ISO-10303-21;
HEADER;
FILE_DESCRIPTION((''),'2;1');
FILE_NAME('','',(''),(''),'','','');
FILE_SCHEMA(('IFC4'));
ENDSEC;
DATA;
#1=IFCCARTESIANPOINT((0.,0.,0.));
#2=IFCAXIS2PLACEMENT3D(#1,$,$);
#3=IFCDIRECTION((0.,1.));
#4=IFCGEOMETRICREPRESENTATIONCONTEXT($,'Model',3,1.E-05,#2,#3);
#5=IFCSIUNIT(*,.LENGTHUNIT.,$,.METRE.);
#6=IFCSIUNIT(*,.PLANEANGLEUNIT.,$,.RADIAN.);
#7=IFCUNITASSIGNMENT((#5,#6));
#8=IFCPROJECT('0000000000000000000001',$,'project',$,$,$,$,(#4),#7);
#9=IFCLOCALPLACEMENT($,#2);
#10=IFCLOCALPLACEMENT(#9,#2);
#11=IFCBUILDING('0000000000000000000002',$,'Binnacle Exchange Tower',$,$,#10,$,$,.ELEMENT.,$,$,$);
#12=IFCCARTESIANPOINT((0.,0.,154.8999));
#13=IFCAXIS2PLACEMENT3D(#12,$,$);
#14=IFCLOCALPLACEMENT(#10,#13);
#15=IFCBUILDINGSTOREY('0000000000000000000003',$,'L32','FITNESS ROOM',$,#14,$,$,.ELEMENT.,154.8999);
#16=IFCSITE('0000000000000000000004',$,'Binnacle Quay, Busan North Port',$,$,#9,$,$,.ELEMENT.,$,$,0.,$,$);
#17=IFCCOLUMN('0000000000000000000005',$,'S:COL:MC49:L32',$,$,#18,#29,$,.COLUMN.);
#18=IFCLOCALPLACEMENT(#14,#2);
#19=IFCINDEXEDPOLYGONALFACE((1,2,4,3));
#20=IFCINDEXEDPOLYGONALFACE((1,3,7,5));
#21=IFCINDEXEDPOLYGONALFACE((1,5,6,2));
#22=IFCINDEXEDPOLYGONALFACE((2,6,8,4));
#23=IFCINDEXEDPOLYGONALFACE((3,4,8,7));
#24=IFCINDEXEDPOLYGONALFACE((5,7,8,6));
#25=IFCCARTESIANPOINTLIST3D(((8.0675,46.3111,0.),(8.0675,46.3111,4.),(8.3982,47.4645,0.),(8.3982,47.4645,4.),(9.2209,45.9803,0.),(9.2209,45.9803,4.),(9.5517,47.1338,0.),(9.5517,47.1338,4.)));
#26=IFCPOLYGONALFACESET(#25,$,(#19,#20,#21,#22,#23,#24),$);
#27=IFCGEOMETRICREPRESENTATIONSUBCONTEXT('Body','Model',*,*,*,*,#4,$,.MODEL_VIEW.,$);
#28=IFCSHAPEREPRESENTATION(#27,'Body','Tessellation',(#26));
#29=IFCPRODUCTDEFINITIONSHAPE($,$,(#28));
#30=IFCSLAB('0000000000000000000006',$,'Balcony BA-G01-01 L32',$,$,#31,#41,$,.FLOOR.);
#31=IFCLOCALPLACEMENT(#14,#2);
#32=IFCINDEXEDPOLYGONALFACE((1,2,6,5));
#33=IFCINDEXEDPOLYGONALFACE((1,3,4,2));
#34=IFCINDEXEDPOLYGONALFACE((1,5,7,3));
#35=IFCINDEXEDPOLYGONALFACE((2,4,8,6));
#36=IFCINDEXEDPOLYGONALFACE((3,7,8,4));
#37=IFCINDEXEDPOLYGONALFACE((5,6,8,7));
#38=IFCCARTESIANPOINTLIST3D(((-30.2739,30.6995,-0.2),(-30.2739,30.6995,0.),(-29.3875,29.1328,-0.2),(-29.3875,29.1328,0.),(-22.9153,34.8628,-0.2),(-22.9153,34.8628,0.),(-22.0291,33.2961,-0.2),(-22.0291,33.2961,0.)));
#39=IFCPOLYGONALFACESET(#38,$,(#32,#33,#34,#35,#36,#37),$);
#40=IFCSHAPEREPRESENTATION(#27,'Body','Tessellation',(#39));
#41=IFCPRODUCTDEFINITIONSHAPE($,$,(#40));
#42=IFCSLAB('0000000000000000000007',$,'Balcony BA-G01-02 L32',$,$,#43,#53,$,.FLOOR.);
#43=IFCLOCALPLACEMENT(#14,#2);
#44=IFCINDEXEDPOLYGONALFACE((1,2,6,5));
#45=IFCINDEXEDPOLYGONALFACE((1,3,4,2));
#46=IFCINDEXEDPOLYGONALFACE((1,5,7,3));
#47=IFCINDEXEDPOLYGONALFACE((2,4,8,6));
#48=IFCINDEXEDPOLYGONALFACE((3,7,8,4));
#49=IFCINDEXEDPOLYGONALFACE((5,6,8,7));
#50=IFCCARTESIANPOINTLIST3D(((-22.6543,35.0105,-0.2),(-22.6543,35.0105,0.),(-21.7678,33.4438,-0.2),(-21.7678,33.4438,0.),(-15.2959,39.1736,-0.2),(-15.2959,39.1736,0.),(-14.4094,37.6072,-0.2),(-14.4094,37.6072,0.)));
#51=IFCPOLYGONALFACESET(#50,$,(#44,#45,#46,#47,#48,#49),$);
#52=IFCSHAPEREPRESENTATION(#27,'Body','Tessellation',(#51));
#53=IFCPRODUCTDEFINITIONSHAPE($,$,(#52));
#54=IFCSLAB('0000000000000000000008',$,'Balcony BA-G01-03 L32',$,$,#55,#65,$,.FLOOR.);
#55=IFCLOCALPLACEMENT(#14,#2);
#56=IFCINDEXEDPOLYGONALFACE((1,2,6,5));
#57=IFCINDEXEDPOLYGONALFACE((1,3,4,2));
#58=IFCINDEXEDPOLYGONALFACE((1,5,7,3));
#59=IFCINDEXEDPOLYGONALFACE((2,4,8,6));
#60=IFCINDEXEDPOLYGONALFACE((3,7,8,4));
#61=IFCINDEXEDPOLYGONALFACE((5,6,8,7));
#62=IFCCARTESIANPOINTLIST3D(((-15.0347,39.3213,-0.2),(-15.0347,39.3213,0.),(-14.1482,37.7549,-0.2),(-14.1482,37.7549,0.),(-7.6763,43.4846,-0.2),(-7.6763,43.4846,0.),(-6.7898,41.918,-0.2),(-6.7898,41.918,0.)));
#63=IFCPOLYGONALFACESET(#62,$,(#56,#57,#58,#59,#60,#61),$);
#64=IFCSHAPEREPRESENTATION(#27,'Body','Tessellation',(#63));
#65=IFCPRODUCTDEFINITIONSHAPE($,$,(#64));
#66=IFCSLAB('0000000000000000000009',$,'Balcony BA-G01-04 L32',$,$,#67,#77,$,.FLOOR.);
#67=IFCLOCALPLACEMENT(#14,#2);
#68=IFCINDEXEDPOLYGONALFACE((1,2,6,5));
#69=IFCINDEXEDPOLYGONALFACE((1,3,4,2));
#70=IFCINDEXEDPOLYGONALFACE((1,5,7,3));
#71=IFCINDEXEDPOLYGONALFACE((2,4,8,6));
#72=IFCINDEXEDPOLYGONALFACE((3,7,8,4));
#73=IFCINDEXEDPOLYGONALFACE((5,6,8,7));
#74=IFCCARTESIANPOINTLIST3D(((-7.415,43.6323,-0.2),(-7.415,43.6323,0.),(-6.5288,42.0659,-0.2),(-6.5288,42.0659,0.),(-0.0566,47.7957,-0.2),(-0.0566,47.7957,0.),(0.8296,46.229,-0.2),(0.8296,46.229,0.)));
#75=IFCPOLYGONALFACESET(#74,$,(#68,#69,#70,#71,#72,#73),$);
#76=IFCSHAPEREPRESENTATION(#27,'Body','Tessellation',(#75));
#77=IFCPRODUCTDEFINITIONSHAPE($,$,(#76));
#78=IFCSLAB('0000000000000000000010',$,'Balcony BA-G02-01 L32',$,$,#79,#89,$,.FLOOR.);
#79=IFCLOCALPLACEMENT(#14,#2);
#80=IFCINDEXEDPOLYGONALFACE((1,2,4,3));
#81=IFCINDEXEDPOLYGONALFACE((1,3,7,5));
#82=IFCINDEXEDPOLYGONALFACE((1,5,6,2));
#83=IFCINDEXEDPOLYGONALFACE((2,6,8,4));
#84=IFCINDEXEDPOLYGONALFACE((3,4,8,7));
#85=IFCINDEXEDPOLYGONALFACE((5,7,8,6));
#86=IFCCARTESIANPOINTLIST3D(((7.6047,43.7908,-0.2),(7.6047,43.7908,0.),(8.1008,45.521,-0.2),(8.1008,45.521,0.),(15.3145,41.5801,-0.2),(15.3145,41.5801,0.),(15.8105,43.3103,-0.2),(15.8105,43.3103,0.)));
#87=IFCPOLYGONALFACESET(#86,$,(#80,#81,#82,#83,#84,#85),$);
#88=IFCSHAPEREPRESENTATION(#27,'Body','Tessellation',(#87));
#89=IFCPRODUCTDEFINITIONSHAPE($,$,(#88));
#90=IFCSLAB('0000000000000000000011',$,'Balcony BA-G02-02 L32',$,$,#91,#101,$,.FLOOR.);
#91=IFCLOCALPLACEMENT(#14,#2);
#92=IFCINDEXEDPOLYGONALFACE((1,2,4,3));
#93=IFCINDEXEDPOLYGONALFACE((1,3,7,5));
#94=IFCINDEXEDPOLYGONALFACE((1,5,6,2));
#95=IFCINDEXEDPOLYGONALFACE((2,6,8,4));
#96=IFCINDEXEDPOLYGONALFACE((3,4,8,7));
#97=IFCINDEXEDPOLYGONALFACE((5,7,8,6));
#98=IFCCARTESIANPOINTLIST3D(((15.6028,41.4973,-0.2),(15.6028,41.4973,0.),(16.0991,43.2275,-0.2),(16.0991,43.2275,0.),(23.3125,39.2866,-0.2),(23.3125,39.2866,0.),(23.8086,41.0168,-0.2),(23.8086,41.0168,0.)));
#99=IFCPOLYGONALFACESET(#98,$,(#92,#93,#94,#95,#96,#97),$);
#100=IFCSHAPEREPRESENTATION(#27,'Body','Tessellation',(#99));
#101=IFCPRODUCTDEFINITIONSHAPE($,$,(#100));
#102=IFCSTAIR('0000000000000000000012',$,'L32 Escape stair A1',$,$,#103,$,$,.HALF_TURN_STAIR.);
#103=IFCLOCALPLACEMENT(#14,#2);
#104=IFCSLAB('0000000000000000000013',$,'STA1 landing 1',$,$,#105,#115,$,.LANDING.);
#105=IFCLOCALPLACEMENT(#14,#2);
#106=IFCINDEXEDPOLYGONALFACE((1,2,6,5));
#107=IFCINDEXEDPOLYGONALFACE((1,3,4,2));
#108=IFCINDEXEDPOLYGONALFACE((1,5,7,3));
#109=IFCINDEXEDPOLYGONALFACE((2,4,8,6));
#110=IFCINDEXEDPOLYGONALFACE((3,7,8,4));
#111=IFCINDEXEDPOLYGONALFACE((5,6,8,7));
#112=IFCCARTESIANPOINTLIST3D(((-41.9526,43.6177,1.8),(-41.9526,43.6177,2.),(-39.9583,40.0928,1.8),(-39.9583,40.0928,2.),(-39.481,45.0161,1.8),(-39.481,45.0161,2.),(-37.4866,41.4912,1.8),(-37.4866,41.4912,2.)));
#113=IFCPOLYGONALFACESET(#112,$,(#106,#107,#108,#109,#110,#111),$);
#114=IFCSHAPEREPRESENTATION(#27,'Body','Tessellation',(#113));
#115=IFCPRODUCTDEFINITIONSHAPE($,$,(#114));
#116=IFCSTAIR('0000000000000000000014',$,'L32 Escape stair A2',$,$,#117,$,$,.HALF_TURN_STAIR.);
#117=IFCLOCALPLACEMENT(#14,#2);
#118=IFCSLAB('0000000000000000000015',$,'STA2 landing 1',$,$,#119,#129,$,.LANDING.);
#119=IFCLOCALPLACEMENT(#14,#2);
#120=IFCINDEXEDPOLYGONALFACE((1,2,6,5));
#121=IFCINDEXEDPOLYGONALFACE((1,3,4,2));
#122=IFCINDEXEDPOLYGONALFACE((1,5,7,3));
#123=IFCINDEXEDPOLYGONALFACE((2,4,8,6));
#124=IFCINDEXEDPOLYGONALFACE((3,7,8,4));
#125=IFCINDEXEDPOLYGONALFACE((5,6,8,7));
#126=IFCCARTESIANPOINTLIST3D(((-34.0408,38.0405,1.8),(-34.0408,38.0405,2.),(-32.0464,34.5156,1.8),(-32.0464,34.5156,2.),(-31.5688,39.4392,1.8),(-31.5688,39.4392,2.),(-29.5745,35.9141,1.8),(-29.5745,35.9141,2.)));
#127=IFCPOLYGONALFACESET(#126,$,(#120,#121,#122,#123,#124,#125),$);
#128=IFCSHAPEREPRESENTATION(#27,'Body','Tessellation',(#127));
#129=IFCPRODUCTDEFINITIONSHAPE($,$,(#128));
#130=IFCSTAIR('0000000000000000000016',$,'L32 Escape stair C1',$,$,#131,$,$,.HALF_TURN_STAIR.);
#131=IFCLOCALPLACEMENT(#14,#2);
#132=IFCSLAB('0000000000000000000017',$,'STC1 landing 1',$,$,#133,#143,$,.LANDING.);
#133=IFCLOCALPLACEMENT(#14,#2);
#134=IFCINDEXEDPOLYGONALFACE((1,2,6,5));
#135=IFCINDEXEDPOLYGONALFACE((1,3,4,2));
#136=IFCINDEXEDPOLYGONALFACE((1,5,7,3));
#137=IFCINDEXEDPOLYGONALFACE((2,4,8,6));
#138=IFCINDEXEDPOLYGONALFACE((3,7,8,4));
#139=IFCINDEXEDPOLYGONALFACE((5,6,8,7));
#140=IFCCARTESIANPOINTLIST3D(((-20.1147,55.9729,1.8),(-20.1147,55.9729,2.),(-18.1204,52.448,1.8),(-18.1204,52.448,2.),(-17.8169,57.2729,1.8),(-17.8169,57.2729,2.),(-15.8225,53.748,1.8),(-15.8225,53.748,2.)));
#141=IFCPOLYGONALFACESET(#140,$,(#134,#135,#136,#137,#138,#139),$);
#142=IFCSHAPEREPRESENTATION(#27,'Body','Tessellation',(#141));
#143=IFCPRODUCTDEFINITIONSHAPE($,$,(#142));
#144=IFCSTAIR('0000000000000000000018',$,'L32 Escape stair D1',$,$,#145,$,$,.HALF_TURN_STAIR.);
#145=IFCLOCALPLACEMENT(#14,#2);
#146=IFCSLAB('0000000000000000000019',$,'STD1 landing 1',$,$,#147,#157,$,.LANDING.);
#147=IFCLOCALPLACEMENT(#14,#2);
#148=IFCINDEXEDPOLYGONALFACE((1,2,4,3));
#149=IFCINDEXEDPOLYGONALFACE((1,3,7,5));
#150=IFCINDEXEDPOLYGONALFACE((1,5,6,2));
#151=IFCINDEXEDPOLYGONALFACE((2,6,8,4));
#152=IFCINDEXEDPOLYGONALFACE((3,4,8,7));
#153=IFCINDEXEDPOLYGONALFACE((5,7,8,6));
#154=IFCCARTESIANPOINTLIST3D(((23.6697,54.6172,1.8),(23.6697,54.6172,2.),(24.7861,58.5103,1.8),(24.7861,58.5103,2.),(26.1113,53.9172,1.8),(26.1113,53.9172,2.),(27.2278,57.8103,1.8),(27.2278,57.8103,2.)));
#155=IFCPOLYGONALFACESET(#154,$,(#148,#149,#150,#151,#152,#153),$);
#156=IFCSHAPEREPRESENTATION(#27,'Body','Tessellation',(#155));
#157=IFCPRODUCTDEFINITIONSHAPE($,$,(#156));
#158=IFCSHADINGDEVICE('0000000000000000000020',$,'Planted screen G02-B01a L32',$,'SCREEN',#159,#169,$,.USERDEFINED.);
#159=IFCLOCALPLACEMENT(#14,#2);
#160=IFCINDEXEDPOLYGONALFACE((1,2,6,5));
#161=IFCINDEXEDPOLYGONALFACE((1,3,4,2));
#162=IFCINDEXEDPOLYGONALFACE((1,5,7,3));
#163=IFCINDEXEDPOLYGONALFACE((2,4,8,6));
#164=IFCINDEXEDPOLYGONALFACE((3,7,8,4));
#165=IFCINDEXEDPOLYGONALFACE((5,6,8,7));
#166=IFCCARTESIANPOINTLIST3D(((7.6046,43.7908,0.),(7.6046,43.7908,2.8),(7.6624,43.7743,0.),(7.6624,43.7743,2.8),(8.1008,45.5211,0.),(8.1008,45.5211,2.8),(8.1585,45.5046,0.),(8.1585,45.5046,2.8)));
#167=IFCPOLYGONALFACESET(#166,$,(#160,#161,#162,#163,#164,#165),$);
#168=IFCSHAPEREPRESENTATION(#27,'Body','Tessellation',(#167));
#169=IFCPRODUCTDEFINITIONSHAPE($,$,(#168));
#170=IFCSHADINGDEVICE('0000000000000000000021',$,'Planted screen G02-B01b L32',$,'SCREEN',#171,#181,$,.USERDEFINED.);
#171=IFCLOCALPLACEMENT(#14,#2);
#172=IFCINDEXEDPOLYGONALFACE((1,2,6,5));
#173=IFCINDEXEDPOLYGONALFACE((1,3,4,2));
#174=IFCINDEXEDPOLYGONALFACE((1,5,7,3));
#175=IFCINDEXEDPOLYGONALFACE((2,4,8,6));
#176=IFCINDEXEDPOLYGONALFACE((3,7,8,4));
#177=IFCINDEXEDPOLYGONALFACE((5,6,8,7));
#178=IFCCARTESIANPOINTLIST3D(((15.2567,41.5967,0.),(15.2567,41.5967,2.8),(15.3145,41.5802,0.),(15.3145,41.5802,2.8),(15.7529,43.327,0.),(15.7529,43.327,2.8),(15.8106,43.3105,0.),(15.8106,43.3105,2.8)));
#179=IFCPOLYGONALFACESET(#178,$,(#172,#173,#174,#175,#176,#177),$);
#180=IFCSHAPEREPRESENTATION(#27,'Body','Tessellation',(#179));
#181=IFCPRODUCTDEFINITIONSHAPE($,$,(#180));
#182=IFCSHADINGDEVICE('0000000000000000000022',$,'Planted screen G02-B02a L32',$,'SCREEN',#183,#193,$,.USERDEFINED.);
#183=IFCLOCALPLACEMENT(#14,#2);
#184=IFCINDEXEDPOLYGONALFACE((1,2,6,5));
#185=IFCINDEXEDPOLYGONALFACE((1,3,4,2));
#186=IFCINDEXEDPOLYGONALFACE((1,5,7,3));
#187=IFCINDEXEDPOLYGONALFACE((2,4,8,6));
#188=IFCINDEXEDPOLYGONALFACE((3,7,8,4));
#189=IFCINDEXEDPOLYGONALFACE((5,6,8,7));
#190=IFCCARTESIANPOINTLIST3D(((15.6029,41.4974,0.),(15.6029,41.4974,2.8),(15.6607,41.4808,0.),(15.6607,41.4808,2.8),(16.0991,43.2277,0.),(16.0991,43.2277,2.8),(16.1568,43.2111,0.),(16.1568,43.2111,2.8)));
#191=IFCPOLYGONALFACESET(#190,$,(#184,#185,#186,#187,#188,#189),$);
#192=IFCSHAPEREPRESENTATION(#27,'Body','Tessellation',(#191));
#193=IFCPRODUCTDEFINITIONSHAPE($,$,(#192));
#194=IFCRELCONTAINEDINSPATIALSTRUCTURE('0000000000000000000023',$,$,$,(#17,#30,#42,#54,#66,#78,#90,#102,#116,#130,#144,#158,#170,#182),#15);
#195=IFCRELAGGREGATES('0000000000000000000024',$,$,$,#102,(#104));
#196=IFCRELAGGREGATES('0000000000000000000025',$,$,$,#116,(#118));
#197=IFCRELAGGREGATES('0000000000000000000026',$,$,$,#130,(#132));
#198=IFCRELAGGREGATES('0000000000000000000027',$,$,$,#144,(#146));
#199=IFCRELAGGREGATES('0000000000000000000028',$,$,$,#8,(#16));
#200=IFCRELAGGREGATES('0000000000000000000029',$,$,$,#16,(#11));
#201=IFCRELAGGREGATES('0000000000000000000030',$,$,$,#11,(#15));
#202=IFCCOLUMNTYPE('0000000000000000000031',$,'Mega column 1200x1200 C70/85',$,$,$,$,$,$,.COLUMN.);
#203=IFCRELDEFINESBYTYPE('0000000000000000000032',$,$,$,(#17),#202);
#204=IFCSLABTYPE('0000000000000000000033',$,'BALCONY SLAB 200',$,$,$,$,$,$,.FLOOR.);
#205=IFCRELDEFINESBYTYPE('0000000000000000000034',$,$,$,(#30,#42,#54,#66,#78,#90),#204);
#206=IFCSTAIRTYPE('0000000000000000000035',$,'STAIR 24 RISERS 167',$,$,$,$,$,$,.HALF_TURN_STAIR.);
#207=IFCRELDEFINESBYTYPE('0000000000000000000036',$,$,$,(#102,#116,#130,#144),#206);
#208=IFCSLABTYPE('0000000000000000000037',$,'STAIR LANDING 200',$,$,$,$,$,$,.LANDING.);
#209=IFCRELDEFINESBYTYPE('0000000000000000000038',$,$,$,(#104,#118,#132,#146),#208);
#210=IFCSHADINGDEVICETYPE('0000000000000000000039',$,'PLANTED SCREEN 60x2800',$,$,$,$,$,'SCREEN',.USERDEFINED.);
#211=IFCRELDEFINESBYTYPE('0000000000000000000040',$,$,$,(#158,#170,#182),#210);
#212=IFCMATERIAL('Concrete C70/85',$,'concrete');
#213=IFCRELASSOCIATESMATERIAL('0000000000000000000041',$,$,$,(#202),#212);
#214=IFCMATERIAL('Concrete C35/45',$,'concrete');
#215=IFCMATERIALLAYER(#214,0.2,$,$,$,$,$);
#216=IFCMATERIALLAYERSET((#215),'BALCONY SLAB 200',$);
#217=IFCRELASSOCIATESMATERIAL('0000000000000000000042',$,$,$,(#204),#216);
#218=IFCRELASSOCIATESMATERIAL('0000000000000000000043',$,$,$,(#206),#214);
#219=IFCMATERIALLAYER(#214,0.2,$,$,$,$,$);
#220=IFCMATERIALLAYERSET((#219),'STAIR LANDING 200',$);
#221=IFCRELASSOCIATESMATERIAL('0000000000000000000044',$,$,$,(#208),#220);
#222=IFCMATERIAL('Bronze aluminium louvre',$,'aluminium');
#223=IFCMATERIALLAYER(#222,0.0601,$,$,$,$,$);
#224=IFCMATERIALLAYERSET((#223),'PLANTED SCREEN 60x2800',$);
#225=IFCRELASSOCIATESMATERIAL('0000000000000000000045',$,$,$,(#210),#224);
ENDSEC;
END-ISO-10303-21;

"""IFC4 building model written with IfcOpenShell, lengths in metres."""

from ifc_helpers import new_model, si_unit, direction, frame, origin, origin_2d, place, context, subcontext, project, spatial, polyline, rectangle, outline, extrude, material, layer, layer_set, material_profile, profile_set, type_object, element, aggregate, save


model = new_model("IFC4")

# Units and contexts
model_context = context("Model", 3, precision=1e-05, world=origin(), true_north=direction((0.0, 1.0)))
body_context = subcontext(model_context, "Body", "Model", "MODEL_VIEW")
ifc_project = project(units=[si_unit("LENGTHUNIT", "METRE"), si_unit("PLANEANGLEUNIT", "RADIAN")], contexts=[model_context])

# Site, building, storey
site_placement = place(None, origin())
site = spatial("IfcSite", under=ifc_project, at=site_placement, Name="Binnacle Quay, Busan North Port", CompositionType="ELEMENT", RefElevation=0.0)
building_placement = place(site_placement, origin())
building = spatial("IfcBuilding", under=site, at=building_placement, Name="Binnacle Exchange Tower", CompositionType="ELEMENT")
storey_placement = place(building_placement, frame((0.0, 0.0, 154.8999)))
storey = spatial("IfcBuildingStorey", under=building, at=storey_placement, Name="L32", Description="FITNESS ROOM", CompositionType="ELEMENT", Elevation=154.8999)

# Column
ifc_material_1 = material(Name="Concrete C70/85", Category="concrete")
ifc_material_profile = material_profile(ifc_material_1, rectangle(XDim=1.2, YDim=1.2, at=origin_2d()), Name="Mega column 1200x1200 C70/85")
ifc_profile_set = profile_set([ifc_material_profile], Name="Concrete C70/85")
column_type = type_object("IfcColumnType", Name="Mega column 1200x1200 C70/85", PredefinedType="COLUMN", material=ifc_profile_set)
column_placement = place(storey_placement, frame((8.8096, 46.7224, 0.0), z_axis=(0.0, 0.0, 1.0), x_axis=(0.961262, -0.275637, 0.0)))
element("IfcColumn", 1, at=column_placement, inside=storey, type_object=column_type, Name="S:COL:MC49:L32", PredefinedType="COLUMN", context=body_context, shape_type="SweptSolid", body=[
    extrude(rectangle(XDim=1.2, YDim=1.2, at=origin_2d()), origin(), (0.0, 0.0, 1.0), 4.0),
])

# Slabs
ifc_material_2 = material(Name="Concrete C35/45", Category="concrete")
ifc_layer_1 = layer(ifc_material_2, 0.2)
ifc_layer_set_1 = layer_set([ifc_layer_1], Name="BALCONY SLAB 200")
slab_type_1 = type_object("IfcSlabType", Name="BALCONY SLAB 200", PredefinedType="FLOOR", material=ifc_layer_set_1)
slab_1_placement = place(storey_placement, frame((0.0, 0.0, -0.2)))
element("IfcSlab", 2, at=slab_1_placement, inside=storey, type_object=slab_type_1, Name="Balcony BA-G01-01 L32", PredefinedType="FLOOR", context=body_context, shape_type="SweptSolid", body=[
    extrude(outline(polyline([(-30.2739, 30.6995), (-22.9153, 34.8628), (-22.0291, 33.2961), (-29.3875, 29.1328), (-30.2739, 30.6995)])), origin(), (0.0, 0.0, 1.0), 0.2),
])
slab_2_placement = place(storey_placement, frame((0.0, 0.0, -0.2)))
element("IfcSlab", 3, at=slab_2_placement, inside=storey, type_object=slab_type_1, Name="Balcony BA-G01-02 L32", PredefinedType="FLOOR", context=body_context, shape_type="SweptSolid", body=[
    extrude(outline(polyline([(-22.6543, 35.0105), (-15.2959, 39.1736), (-14.4094, 37.6072), (-21.7678, 33.4438), (-22.6543, 35.0105)])), origin(), (0.0, 0.0, 1.0), 0.2),
])
slab_3_placement = place(storey_placement, frame((0.0, 0.0, -0.2)))
element("IfcSlab", 4, at=slab_3_placement, inside=storey, type_object=slab_type_1, Name="Balcony BA-G01-03 L32", PredefinedType="FLOOR", context=body_context, shape_type="SweptSolid", body=[
    extrude(outline(polyline([(-15.0347, 39.3213), (-7.6763, 43.4846), (-6.7898, 41.918), (-14.1482, 37.7549), (-15.0347, 39.3213)])), origin(), (0.0, 0.0, 1.0), 0.2),
])
slab_4_placement = place(storey_placement, frame((0.0, 0.0, -0.2)))
element("IfcSlab", 5, at=slab_4_placement, inside=storey, type_object=slab_type_1, Name="Balcony BA-G01-04 L32", PredefinedType="FLOOR", context=body_context, shape_type="SweptSolid", body=[
    extrude(outline(polyline([(-7.415, 43.6323), (-0.0566, 47.7957), (0.8296, 46.229), (-6.5288, 42.0659), (-7.415, 43.6323)])), origin(), (0.0, 0.0, 1.0), 0.2),
])
slab_5_placement = place(storey_placement, frame((0.0, 0.0, -0.2)))
element("IfcSlab", 6, at=slab_5_placement, inside=storey, type_object=slab_type_1, Name="Balcony BA-G02-01 L32", PredefinedType="FLOOR", context=body_context, shape_type="SweptSolid", body=[
    extrude(outline(polyline([(8.1008, 45.521), (15.8105, 43.3103), (15.3145, 41.5801), (7.6047, 43.7908), (8.1008, 45.521)])), origin(), (0.0, 0.0, 1.0), 0.2),
])
slab_6_placement = place(storey_placement, frame((0.0, 0.0, -0.2)))
element("IfcSlab", 7, at=slab_6_placement, inside=storey, type_object=slab_type_1, Name="Balcony BA-G02-02 L32", PredefinedType="FLOOR", context=body_context, shape_type="SweptSolid", body=[
    extrude(outline(polyline([(16.0991, 43.2275), (23.8086, 41.0168), (23.3125, 39.2866), (15.6028, 41.4973), (16.0991, 43.2275)])), origin(), (0.0, 0.0, 1.0), 0.2),
])

# Stairs, slabs
stair_type = type_object("IfcStairType", Name="STAIR 24 RISERS 167", PredefinedType="HALF_TURN_STAIR", material=ifc_material_2)
stair_1_placement = place(storey_placement, origin())
stair_1 = element("IfcStair", 8, at=stair_1_placement, inside=storey, type_object=stair_type, Name="L32 Escape stair A1", PredefinedType="HALF_TURN_STAIR")
ifc_layer_2 = layer(ifc_material_2, 0.2)
ifc_layer_set_2 = layer_set([ifc_layer_2], Name="STAIR LANDING 200")
slab_type_2 = type_object("IfcSlabType", Name="STAIR LANDING 200", PredefinedType="LANDING", material=ifc_layer_set_2)
slab_7_placement = place(storey_placement, frame((0.0, 0.0, 1.8)))
slab_7 = element("IfcSlab", 9, at=slab_7_placement, type_object=slab_type_2, Name="STA1 landing 1", PredefinedType="LANDING", context=body_context, shape_type="SweptSolid", body=[
    extrude(outline(polyline([(-39.9583, 40.0928), (-37.4866, 41.4912), (-39.481, 45.0161), (-41.9526, 43.6177), (-39.9583, 40.0928)])), origin(), (0.0, 0.0, 1.0), 0.2),
])
aggregate(stair_1, [slab_7])
stair_2_placement = place(storey_placement, origin())
stair_2 = element("IfcStair", 10, at=stair_2_placement, inside=storey, type_object=stair_type, Name="L32 Escape stair A2", PredefinedType="HALF_TURN_STAIR")
slab_8_placement = place(storey_placement, frame((0.0, 0.0, 1.8)))
slab_8 = element("IfcSlab", 11, at=slab_8_placement, type_object=slab_type_2, Name="STA2 landing 1", PredefinedType="LANDING", context=body_context, shape_type="SweptSolid", body=[
    extrude(outline(polyline([(-31.5688, 39.4392), (-34.0408, 38.0405), (-32.0464, 34.5156), (-29.5745, 35.9141), (-31.5688, 39.4392)])), origin(), (0.0, 0.0, 1.0), 0.2),
])
aggregate(stair_2, [slab_8])
stair_3_placement = place(storey_placement, origin())
stair_3 = element("IfcStair", 12, at=stair_3_placement, inside=storey, type_object=stair_type, Name="L32 Escape stair C1", PredefinedType="HALF_TURN_STAIR")
slab_9_placement = place(storey_placement, frame((0.0, 0.0, 1.8)))
slab_9 = element("IfcSlab", 13, at=slab_9_placement, type_object=slab_type_2, Name="STC1 landing 1", PredefinedType="LANDING", context=body_context, shape_type="SweptSolid", body=[
    extrude(outline(polyline([(-18.1204, 52.448), (-15.8225, 53.748), (-17.8169, 57.2729), (-20.1147, 55.9729), (-18.1204, 52.448)])), origin(), (0.0, 0.0, 1.0), 0.2),
])
aggregate(stair_3, [slab_9])
stair_4_placement = place(storey_placement, origin())
stair_4 = element("IfcStair", 14, at=stair_4_placement, inside=storey, type_object=stair_type, Name="L32 Escape stair D1", PredefinedType="HALF_TURN_STAIR")
slab_10_placement = place(storey_placement, frame((0.0, 0.0, 1.8)))
slab_10 = element("IfcSlab", 15, at=slab_10_placement, type_object=slab_type_2, Name="STD1 landing 1", PredefinedType="LANDING", context=body_context, shape_type="SweptSolid", body=[
    extrude(outline(polyline([(23.6697, 54.6172), (26.1113, 53.9172), (27.2278, 57.8103), (24.7861, 58.5103), (23.6697, 54.6172)])), origin(), (0.0, 0.0, 1.0), 0.2),
])
aggregate(stair_4, [slab_10])

# Shading devices
ifc_material_3 = material(Name="Bronze aluminium louvre", Category="aluminium")
ifc_layer_3 = layer(ifc_material_3, 0.0601)
ifc_layer_set_3 = layer_set([ifc_layer_3], Name="PLANTED SCREEN 60x2800")
shading_device_type = type_object("IfcShadingDeviceType", Name="PLANTED SCREEN 60x2800", ElementType="SCREEN", PredefinedType="USERDEFINED", material=ifc_layer_set_3)
for number, where, z_axis, x_axis, name in (
    (16, (7.8816, 44.6477, 0.0), (0.0, 0.0, 1.0), (0.961262, -0.275637, 0.0), "Planted screen G02-B01a L32"),
    (17, (15.5337, 42.4536, 0.0), (0.0, 0.0, 1.0), (0.961262, -0.275637, 0.0), "Planted screen G02-B01b L32"),
    (18, (15.8799, 42.3542, 0.0), (0.0, 0.0, 1.0), (0.961262, -0.275637, 0.0), "Planted screen G02-B02a L32"),
):
    element("IfcShadingDevice", number, at=place(storey_placement, frame(where, z_axis=z_axis, x_axis=x_axis)), inside=storey, type_object=shading_device_type, Name=name, ObjectType="SCREEN", PredefinedType="USERDEFINED", context=body_context, shape_type="SweptSolid", body=[
        extrude(rectangle(XDim=0.0601, YDim=1.8, at=origin_2d()), origin(), (0.0, 0.0, 1.0), 2.8),
    ])

save(model, "model.ifc")
